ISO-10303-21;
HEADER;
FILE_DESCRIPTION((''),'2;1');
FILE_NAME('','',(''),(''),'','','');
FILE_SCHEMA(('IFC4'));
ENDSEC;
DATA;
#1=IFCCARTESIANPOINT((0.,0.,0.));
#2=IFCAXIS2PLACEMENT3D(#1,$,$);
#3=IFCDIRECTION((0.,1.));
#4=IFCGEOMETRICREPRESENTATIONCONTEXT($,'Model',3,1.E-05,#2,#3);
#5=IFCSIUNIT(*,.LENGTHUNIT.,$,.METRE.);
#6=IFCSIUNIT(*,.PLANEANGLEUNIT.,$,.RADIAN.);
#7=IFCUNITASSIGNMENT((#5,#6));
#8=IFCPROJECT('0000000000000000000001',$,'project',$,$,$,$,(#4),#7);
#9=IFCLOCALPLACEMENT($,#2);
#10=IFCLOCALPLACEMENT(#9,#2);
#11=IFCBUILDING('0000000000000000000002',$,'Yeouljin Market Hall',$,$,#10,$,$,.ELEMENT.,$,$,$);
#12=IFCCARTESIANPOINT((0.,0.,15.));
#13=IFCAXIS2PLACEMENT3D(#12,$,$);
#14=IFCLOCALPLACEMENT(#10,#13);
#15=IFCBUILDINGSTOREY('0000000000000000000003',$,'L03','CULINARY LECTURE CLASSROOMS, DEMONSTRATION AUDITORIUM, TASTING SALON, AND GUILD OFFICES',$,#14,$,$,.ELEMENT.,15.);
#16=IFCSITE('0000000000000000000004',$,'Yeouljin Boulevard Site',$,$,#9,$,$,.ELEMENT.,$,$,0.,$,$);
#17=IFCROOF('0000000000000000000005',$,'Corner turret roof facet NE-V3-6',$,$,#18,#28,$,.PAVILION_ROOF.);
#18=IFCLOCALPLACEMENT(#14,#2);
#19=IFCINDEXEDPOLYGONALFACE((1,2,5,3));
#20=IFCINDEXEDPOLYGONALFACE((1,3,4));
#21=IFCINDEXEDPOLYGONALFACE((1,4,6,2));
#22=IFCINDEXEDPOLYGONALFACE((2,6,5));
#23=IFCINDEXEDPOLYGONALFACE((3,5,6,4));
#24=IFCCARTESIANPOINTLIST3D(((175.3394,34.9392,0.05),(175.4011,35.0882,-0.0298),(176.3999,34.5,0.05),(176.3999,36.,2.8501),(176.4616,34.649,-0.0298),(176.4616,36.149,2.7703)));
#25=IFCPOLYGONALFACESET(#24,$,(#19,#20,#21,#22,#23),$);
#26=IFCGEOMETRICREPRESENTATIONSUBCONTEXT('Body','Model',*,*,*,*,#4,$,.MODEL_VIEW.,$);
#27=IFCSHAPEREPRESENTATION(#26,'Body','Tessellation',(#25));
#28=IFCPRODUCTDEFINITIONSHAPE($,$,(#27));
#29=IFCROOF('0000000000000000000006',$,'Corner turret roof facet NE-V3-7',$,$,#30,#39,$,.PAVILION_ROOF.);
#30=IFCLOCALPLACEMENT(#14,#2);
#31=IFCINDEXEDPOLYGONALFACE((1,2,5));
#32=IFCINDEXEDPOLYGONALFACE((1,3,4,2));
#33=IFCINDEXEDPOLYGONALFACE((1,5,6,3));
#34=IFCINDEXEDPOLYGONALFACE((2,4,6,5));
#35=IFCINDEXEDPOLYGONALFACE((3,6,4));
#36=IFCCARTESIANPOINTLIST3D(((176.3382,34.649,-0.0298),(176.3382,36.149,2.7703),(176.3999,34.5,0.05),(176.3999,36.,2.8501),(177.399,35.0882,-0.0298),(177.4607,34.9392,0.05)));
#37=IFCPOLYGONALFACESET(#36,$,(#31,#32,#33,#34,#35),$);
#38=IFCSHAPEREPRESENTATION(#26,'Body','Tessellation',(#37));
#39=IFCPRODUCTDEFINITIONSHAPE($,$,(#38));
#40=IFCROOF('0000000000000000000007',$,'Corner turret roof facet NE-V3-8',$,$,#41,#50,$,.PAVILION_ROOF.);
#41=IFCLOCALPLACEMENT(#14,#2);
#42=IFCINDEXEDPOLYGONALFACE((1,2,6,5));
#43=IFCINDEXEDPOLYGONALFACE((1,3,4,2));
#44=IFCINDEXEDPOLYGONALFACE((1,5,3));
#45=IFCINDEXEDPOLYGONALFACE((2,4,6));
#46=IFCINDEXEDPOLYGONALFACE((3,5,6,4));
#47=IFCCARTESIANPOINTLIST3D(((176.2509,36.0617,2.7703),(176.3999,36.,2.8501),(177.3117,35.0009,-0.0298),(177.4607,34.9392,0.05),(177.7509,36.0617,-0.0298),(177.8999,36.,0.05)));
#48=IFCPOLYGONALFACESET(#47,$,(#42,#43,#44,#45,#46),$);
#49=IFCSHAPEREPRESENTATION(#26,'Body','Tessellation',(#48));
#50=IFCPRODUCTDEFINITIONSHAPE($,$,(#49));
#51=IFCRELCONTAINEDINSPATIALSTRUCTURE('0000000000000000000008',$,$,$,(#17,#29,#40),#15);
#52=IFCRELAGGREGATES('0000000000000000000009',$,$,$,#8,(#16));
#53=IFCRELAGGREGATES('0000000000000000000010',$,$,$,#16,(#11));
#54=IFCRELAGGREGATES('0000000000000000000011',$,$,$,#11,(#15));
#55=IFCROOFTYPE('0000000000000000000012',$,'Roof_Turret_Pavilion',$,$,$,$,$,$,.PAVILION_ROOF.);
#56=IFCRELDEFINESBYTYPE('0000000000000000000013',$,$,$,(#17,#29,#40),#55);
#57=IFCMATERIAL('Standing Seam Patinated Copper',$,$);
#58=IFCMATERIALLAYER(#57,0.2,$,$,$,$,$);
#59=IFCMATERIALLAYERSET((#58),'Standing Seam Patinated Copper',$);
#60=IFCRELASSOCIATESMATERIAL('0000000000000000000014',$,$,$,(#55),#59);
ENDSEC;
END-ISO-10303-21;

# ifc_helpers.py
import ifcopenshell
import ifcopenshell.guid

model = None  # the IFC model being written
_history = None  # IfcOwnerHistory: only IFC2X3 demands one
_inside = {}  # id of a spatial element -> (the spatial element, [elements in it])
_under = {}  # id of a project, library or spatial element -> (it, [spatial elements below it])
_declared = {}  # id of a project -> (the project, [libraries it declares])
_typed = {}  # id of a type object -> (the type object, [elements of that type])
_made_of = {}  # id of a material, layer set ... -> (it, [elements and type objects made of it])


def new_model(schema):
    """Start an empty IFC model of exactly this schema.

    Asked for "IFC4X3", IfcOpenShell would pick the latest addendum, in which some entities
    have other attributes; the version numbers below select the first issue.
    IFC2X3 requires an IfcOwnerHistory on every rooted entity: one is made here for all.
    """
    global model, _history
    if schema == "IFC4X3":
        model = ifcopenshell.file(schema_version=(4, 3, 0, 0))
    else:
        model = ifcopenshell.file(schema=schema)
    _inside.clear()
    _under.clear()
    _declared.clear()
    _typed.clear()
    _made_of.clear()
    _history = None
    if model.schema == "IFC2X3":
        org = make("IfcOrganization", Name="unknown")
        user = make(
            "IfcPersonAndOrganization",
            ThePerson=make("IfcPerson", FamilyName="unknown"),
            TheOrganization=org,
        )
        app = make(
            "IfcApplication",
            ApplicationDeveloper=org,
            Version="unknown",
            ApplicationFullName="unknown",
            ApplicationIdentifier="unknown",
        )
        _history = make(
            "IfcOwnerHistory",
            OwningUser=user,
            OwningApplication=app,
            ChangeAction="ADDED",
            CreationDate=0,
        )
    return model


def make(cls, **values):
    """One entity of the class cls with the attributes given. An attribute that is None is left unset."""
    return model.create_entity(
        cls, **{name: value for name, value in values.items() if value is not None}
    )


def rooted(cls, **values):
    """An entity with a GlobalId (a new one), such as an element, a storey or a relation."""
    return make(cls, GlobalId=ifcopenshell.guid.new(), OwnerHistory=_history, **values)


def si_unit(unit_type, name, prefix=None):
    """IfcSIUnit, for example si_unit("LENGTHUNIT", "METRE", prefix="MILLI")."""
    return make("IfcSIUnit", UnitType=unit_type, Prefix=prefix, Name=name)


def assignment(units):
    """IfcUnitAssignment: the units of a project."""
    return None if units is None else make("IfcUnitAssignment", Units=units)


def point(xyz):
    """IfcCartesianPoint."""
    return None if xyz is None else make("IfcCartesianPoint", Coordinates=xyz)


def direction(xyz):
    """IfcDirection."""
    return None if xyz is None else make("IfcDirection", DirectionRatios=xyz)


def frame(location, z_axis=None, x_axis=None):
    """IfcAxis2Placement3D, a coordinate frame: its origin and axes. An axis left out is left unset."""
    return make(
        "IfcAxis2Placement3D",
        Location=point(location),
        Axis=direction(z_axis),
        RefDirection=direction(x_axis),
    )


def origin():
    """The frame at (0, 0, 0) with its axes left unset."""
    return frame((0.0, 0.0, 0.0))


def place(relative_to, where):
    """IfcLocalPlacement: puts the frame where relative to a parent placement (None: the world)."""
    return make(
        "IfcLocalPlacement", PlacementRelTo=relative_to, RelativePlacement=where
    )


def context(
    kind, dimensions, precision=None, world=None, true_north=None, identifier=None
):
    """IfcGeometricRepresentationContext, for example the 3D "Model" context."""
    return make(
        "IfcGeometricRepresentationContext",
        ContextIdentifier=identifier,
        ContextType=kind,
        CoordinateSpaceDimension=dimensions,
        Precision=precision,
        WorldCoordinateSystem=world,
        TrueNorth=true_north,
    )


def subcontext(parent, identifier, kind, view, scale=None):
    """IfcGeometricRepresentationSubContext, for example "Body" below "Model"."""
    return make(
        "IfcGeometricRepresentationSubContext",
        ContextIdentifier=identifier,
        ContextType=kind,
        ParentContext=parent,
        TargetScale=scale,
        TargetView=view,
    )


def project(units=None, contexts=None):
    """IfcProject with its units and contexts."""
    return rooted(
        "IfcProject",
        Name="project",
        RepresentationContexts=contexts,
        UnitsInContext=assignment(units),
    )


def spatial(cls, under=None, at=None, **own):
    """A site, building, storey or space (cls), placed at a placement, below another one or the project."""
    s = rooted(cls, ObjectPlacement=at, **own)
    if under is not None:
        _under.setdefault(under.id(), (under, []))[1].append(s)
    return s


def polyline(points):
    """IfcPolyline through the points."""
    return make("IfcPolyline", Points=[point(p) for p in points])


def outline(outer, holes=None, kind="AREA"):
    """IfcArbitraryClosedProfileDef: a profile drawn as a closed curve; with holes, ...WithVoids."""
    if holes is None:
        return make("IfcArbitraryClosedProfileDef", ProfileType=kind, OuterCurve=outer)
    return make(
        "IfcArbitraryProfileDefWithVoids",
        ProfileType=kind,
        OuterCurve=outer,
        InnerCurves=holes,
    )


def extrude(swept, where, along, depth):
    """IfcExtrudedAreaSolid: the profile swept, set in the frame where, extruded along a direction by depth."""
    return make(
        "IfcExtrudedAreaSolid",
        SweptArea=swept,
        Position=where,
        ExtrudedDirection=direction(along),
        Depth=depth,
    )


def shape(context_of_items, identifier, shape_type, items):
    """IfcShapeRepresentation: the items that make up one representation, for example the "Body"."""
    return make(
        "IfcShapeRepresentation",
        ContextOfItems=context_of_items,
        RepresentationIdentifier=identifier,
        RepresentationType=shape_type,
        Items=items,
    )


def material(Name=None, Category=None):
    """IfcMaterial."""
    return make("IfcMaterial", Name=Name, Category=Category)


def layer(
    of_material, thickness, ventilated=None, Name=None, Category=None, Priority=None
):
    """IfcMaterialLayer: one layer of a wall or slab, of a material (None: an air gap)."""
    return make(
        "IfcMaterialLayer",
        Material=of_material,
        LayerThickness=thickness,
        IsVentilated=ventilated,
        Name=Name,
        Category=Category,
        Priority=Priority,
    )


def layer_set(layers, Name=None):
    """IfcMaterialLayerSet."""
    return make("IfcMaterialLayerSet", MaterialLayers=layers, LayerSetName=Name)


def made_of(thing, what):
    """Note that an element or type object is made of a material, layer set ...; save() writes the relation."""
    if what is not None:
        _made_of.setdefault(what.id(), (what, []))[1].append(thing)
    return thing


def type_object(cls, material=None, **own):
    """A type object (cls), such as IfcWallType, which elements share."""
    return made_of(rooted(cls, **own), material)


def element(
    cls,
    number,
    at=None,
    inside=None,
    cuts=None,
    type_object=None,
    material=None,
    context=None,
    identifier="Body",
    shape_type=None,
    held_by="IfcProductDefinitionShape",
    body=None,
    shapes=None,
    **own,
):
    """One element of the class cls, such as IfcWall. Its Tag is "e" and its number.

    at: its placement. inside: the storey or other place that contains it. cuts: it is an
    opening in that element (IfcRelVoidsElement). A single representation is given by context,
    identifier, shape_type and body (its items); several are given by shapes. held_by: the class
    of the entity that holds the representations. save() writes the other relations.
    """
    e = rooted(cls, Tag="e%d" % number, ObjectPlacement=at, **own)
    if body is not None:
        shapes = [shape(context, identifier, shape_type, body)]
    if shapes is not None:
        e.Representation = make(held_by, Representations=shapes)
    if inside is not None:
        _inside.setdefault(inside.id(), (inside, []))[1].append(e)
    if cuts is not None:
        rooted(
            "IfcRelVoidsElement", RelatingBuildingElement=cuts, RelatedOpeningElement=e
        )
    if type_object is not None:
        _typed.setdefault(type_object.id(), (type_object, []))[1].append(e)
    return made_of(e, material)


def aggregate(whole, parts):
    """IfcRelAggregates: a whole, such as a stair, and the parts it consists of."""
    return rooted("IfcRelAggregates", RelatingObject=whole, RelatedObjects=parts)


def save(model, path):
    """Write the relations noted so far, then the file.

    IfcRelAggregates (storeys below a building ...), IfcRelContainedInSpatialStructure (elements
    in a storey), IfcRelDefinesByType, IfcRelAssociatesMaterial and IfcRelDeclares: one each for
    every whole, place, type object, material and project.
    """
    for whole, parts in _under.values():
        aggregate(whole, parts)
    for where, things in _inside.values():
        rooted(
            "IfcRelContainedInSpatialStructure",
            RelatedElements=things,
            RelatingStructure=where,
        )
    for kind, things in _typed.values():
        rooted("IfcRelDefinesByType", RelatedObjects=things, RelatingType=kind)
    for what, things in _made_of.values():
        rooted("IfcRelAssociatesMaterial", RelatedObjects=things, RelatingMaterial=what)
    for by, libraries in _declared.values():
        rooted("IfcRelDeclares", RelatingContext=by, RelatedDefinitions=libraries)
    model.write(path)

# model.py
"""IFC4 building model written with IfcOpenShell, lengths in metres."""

from ifc_helpers import new_model, si_unit, direction, frame, origin, place, context, subcontext, project, spatial, polyline, outline, extrude, material, layer, layer_set, type_object, element, save


model = new_model("IFC4")

# Units and contexts
model_context = context("Model", 3, precision=1e-05, world=origin(), true_north=direction((0.0, 1.0)))
body_context = subcontext(model_context, "Body", "Model", "MODEL_VIEW")
ifc_project = project(units=[si_unit("LENGTHUNIT", "METRE"), si_unit("PLANEANGLEUNIT", "RADIAN")], contexts=[model_context])

# Site, building, storey
site_placement = place(None, origin())
site = spatial("IfcSite", under=ifc_project, at=site_placement, Name="Yeouljin Boulevard Site", CompositionType="ELEMENT", RefElevation=0.0)
building_placement = place(site_placement, origin())
building = spatial("IfcBuilding", under=site, at=building_placement, Name="Yeouljin Market Hall", CompositionType="ELEMENT")
storey_placement = place(building_placement, frame((0.0, 0.0, 15.0)))
storey = spatial("IfcBuildingStorey", under=building, at=storey_placement, Name="L03", Description="CULINARY LECTURE CLASSROOMS, DEMONSTRATION AUDITORIUM, TASTING SALON, AND GUILD OFFICES", CompositionType="ELEMENT", Elevation=15.0)

# Roofs
ifc_material_1 = material(Name="Standing Seam Patinated Copper")
ifc_layer_1 = layer(ifc_material_1, 0.2)
ifc_layer_set_1 = layer_set([ifc_layer_1], Name="Standing Seam Patinated Copper")
roof_type_1 = type_object("IfcRoofType", Name="Roof_Turret_Pavilion", PredefinedType="PAVILION_ROOF", material=ifc_layer_set_1)
roof_1_placement = place(storey_placement, frame((176.3999, 36.0, 2.8501), z_axis=(-0.342918, -0.828035, 0.443582), x_axis=(-0.33387, -0.333947, -0.881482)))
element("IfcRoof", 1, at=roof_1_placement, inside=storey, type_object=roof_type_1, Name="Corner turret roof facet NE-V3-6", PredefinedType="PAVILION_ROOF", context=body_context, shape_type="SweptSolid", body=[
    extrude(outline(polyline([(0.0, 0.0), (3.1765, 0.0), (2.9691, 1.129), (0.0, 0.0)])), origin(), (0.0, 0.0, -1.0), 0.1799),
])
roof_2_placement = place(storey_placement, frame((176.3999, 36.0, 2.8501), z_axis=(0.342848, -0.828057, 0.443594), x_axis=(0.0, -0.472215, -0.881483)))
element("IfcRoof", 2, at=roof_2_placement, inside=storey, type_object=roof_type_1, Name="Corner turret roof facet NE-V3-7", PredefinedType="PAVILION_ROOF", context=body_context, shape_type="SweptSolid", body=[
    extrude(outline(polyline([(0.0, 0.0), (3.1765, 0.0), (2.9691, 1.1292), (0.0, 0.0)])), origin(), (0.0, 0.0, -1.0), 0.1799),
])
roof_3_placement = place(storey_placement, frame((176.3999, 36.0, 2.8501), z_axis=(0.828057, -0.342848, 0.443594), x_axis=(0.333938, -0.333938, -0.881459)))
element("IfcRoof", 3, at=roof_3_placement, inside=storey, type_object=roof_type_1, Name="Corner turret roof facet NE-V3-8", PredefinedType="PAVILION_ROOF", context=body_context, shape_type="SweptSolid", body=[
    extrude(outline(polyline([(0.0, 0.0), (3.1766, 0.0), (2.969, 1.1292), (0.0, 0.0)])), origin(), (0.0, 0.0, -1.0), 0.1799),
])

save(model, "model.ifc")
